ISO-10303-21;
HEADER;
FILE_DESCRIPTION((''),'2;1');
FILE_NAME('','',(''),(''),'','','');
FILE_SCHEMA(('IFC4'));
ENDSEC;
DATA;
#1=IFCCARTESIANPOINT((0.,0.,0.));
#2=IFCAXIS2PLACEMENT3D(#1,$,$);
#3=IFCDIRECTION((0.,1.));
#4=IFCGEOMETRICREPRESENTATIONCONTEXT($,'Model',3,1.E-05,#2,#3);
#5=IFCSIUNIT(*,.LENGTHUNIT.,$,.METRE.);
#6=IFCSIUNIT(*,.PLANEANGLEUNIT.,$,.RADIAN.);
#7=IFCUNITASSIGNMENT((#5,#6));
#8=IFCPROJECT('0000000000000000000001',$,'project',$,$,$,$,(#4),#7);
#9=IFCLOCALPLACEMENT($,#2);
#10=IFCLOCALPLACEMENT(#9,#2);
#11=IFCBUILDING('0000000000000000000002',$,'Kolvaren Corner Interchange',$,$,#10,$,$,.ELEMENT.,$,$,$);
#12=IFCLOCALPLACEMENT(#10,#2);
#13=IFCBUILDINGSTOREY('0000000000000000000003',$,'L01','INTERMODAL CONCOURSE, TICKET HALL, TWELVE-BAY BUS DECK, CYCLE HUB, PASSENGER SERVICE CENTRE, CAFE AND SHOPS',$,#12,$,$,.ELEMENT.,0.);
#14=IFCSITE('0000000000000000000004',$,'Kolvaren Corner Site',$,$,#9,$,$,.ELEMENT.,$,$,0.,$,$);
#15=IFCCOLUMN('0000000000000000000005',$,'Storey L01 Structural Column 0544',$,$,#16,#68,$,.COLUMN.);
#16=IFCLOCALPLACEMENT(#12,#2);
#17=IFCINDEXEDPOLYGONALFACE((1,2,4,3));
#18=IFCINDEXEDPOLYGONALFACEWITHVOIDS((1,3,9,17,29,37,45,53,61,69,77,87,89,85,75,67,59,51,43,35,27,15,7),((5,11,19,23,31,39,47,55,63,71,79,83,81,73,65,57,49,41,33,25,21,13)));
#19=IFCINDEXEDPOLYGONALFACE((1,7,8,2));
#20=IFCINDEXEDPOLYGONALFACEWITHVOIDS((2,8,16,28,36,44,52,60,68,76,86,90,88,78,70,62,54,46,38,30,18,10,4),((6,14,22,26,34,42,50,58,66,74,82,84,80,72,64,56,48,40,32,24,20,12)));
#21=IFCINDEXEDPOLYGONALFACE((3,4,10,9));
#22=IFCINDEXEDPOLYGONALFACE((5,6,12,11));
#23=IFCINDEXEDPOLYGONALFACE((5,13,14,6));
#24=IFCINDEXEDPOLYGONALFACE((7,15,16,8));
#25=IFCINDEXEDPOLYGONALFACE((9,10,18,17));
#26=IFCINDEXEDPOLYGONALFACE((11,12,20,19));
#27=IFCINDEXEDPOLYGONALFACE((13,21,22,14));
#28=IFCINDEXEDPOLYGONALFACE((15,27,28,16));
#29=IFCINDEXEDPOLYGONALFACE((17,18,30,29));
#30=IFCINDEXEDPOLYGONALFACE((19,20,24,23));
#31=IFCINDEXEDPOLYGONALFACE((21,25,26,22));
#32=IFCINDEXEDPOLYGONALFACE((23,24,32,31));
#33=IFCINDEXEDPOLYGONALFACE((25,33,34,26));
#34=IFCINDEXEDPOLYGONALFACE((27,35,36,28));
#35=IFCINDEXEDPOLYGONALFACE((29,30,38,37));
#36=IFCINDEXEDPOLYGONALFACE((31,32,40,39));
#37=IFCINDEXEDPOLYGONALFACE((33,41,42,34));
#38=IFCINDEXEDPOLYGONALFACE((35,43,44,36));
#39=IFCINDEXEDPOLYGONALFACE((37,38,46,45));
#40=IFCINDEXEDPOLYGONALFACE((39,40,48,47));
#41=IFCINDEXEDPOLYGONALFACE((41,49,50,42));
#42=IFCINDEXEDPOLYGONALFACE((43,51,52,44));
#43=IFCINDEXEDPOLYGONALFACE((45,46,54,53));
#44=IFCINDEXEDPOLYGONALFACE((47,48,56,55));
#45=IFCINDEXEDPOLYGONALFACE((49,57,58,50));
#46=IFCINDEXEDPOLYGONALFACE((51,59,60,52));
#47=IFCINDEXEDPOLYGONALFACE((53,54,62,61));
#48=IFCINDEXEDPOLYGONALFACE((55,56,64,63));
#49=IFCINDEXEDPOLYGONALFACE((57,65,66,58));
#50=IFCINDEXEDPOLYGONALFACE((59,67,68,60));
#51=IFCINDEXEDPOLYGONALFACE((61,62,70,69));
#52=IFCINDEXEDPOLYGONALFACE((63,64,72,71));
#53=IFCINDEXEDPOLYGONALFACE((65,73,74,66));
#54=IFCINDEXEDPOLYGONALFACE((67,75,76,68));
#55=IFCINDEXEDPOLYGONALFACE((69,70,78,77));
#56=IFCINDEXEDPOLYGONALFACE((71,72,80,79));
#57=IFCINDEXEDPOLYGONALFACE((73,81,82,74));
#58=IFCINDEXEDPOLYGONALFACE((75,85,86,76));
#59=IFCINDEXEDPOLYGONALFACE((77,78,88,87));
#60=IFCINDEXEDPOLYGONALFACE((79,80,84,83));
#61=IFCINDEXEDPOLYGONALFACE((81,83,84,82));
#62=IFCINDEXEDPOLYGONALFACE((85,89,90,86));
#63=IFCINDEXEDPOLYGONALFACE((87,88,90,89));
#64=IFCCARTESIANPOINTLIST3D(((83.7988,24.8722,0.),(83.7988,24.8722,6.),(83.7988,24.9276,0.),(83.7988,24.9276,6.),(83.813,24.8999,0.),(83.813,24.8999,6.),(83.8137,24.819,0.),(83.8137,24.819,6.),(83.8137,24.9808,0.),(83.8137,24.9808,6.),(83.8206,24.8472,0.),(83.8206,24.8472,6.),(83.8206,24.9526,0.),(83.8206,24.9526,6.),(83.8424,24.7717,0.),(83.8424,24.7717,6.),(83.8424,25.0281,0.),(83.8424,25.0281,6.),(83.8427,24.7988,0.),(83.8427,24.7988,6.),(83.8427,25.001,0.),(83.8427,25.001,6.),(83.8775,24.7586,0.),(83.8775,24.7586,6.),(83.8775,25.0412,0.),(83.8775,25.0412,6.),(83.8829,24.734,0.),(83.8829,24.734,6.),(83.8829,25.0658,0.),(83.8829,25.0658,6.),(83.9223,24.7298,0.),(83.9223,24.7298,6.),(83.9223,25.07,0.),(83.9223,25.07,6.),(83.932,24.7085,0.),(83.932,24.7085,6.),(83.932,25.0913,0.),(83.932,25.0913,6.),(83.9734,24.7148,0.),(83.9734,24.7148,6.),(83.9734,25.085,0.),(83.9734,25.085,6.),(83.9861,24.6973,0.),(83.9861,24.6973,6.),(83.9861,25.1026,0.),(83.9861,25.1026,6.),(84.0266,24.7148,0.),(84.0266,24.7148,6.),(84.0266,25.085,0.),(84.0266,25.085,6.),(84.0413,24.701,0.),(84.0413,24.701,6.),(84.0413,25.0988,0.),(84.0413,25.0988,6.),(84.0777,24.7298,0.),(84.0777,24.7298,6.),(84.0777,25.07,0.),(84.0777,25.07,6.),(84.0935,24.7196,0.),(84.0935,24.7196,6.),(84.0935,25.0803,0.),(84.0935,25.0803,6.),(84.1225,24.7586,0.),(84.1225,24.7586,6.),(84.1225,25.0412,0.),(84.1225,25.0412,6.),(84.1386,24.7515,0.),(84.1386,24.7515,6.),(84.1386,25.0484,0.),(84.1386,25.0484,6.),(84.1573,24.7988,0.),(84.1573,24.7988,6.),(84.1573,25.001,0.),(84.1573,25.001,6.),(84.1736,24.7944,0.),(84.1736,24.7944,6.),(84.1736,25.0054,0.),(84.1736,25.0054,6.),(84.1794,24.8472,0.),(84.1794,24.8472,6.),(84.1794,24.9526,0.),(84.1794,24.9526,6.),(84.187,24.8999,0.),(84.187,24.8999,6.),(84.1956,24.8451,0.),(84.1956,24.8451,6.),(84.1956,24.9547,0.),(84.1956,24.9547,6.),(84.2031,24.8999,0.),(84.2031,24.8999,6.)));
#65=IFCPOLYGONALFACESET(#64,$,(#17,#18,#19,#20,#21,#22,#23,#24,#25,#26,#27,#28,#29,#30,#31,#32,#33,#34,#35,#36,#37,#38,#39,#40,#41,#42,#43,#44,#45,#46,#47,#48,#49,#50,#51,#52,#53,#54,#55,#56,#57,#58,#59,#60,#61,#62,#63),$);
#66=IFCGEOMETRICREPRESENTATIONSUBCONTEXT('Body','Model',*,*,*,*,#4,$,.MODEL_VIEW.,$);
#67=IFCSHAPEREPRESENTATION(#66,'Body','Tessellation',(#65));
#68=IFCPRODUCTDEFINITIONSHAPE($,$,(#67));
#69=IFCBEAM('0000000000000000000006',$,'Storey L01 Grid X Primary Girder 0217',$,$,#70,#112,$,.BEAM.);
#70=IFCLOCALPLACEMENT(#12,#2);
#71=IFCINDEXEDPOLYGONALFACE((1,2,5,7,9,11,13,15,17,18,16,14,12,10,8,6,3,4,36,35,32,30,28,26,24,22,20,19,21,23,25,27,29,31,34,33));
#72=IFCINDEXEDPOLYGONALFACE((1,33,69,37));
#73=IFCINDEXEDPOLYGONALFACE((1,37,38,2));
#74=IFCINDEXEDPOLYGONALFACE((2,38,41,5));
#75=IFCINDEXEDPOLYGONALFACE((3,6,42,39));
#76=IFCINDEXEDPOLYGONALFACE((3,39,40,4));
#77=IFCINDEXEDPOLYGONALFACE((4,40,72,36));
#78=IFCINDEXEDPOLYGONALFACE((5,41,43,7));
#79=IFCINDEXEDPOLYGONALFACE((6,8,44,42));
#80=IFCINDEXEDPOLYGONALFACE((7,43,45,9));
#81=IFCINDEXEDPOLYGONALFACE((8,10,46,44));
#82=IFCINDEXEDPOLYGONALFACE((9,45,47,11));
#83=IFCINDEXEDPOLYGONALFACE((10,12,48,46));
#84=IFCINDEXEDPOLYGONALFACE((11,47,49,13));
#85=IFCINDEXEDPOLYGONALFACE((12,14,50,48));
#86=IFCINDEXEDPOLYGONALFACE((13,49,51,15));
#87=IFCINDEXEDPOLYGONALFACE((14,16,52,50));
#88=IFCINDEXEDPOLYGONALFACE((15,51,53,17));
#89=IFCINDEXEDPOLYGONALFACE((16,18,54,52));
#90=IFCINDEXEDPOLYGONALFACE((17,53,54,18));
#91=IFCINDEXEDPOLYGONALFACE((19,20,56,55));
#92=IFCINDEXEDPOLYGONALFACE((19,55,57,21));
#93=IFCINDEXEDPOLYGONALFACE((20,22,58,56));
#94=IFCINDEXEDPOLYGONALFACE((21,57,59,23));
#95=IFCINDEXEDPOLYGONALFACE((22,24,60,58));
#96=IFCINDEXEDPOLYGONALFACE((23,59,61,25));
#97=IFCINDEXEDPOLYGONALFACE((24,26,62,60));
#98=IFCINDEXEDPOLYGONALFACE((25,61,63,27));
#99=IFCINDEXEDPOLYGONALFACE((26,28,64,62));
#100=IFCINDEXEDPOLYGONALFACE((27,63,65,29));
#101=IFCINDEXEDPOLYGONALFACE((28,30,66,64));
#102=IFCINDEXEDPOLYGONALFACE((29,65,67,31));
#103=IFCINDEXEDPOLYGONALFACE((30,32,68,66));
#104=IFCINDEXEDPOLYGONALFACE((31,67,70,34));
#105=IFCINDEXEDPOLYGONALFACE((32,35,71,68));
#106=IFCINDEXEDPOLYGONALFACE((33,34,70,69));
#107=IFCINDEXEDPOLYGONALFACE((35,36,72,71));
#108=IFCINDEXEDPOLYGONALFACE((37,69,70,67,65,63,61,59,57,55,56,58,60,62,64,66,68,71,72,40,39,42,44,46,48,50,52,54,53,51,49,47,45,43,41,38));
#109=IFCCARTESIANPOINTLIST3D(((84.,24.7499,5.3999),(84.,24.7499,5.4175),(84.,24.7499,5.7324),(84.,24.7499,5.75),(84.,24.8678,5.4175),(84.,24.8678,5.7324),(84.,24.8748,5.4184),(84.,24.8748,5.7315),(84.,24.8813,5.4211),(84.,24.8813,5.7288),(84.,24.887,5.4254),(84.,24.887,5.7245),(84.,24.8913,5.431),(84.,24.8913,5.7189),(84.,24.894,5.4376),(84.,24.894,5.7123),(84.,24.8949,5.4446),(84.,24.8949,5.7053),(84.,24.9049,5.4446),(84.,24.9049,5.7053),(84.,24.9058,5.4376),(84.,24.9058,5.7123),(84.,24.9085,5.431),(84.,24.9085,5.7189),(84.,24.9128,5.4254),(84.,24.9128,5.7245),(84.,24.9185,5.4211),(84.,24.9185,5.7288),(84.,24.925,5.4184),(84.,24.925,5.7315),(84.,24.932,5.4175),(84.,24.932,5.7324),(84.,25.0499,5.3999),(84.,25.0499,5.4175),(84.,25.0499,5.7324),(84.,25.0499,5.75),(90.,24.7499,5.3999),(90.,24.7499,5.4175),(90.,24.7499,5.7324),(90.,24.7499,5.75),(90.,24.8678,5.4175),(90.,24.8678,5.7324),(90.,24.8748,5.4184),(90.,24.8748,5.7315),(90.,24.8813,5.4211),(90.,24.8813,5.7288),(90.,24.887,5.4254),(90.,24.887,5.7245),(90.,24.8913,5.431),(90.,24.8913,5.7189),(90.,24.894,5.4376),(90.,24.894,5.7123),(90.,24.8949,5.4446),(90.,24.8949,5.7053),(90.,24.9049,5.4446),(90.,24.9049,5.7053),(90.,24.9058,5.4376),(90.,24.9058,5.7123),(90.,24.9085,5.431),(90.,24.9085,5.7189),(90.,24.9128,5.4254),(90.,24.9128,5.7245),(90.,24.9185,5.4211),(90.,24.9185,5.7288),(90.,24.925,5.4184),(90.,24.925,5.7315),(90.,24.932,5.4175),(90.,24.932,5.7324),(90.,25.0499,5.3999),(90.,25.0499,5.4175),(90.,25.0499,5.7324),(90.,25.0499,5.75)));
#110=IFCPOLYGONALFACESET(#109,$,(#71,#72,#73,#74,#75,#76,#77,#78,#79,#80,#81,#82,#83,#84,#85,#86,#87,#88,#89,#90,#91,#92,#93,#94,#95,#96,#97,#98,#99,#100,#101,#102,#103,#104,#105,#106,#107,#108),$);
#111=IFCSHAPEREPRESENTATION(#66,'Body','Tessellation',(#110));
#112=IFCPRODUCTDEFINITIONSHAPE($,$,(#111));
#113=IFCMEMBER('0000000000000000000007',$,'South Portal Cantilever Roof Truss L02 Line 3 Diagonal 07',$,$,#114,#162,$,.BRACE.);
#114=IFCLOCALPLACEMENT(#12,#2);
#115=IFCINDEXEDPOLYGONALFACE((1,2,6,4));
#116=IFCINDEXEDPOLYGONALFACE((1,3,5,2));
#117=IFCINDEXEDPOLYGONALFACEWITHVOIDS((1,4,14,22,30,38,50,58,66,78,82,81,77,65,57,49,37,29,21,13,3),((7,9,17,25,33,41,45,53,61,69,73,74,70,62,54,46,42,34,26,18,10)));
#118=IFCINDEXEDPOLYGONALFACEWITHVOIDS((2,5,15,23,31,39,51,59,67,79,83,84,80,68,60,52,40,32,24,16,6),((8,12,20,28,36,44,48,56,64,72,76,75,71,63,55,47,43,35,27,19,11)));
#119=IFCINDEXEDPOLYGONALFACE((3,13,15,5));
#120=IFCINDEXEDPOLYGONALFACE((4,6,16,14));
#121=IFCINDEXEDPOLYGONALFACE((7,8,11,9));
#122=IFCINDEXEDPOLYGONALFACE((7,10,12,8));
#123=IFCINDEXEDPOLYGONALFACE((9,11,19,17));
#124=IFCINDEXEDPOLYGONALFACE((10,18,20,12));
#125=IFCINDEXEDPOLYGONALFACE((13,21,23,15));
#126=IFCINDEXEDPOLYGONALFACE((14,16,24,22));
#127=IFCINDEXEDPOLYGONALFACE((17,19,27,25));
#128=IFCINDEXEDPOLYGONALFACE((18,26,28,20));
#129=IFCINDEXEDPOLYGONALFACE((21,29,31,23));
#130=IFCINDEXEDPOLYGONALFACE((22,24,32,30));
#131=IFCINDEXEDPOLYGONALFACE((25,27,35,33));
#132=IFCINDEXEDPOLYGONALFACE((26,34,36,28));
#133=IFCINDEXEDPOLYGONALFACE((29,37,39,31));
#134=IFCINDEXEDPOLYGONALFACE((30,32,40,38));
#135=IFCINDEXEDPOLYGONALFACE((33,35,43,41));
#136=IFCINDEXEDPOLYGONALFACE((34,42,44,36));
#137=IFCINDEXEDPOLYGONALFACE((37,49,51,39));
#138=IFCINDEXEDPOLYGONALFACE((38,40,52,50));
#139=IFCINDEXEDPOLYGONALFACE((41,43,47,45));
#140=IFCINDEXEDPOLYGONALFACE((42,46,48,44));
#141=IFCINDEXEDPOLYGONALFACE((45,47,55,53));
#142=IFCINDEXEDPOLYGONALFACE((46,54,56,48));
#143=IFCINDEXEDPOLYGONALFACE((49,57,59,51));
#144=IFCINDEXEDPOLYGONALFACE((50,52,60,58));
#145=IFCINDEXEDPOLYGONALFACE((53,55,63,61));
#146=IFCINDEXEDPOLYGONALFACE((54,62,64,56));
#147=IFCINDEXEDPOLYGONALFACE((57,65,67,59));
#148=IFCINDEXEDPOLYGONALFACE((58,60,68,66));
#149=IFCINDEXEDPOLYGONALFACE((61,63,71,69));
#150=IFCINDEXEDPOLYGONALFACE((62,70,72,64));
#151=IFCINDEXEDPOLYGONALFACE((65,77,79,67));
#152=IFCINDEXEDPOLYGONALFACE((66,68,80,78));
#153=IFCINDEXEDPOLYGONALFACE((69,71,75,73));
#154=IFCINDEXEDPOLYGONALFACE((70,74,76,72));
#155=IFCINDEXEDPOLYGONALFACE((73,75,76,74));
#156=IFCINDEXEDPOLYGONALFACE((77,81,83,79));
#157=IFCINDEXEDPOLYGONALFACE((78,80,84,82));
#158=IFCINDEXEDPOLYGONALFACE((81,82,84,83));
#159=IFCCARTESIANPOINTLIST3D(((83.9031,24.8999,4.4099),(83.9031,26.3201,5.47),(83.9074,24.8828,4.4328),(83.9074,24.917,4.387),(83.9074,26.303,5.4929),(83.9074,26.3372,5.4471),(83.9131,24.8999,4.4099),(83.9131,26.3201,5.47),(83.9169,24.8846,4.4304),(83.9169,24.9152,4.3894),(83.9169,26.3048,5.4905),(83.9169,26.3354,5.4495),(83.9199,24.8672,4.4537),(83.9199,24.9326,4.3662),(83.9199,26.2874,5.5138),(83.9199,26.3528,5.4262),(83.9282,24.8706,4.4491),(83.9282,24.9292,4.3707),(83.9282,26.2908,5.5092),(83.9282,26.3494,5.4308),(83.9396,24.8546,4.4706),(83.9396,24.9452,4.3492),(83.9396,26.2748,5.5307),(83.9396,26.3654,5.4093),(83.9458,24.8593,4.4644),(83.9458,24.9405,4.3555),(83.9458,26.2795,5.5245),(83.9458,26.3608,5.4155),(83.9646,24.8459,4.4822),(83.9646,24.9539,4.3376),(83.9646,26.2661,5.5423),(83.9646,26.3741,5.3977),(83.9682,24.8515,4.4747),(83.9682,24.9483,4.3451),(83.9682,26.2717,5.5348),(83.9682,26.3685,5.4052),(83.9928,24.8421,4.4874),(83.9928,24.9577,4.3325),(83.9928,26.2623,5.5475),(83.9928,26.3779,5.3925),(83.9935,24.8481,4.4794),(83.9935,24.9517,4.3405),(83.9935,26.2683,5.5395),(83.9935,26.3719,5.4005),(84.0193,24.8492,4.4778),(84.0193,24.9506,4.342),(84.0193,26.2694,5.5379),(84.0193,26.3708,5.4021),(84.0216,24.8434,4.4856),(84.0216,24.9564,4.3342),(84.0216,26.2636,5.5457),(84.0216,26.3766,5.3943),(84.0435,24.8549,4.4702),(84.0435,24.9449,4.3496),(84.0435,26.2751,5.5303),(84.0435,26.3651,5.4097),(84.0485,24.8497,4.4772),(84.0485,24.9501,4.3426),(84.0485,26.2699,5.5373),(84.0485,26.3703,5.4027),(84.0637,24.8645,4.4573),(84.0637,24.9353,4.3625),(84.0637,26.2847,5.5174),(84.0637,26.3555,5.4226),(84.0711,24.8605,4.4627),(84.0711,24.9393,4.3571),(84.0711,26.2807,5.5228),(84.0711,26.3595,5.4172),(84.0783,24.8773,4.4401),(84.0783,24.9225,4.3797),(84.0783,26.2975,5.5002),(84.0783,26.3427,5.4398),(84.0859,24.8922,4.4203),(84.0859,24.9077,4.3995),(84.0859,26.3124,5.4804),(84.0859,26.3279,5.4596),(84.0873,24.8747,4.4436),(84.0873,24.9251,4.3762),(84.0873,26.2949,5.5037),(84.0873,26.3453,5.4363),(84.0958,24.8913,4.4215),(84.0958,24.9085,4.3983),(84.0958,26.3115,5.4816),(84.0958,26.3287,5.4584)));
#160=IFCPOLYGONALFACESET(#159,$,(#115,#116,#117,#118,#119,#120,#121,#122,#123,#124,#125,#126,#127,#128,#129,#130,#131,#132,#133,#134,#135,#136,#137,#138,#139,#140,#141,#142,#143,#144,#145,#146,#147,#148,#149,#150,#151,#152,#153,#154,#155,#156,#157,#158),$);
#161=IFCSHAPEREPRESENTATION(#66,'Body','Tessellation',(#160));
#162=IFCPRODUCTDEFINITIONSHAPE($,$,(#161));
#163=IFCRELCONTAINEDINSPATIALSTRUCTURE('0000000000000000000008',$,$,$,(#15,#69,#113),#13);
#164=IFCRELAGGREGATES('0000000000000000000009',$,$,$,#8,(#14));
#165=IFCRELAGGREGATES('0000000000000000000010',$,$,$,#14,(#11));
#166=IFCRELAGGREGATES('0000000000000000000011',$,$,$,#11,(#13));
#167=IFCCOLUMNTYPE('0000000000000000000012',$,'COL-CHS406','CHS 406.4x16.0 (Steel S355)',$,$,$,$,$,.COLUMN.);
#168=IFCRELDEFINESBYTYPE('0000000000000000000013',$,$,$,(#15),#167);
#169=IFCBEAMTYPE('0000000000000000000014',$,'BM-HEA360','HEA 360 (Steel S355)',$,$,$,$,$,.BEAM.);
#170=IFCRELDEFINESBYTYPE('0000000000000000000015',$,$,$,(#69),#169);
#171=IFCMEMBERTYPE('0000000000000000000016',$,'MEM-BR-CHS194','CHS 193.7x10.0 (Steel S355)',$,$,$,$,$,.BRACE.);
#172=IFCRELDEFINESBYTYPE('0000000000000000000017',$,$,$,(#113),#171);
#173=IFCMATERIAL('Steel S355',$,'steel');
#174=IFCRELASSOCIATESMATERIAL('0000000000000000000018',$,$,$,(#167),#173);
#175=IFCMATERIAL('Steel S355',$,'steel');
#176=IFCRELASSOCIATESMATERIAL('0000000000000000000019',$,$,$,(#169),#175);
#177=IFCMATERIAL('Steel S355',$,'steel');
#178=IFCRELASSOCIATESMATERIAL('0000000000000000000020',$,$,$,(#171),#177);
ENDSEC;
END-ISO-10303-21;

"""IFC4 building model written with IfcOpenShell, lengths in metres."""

from ifc_helpers import new_model, si_unit, direction, frame, origin, origin_2d, place, context, subcontext, project, spatial, hollow_circle, i_section, extrude, material, material_profile, profile_set, type_object, element, save


model = new_model("IFC4")

# Units and contexts
model_context = context("Model", 3, precision=1e-05, world=origin(), true_north=direction((0.0, 1.0)))
body_context = subcontext(model_context, "Body", "Model", "MODEL_VIEW")
ifc_project = project(units=[si_unit("LENGTHUNIT", "METRE"), si_unit("PLANEANGLEUNIT", "RADIAN")], contexts=[model_context])

# Site, building, storey
site_placement = place(None, origin())
site = spatial("IfcSite", under=ifc_project, at=site_placement, Name="Kolvaren Corner Site", CompositionType="ELEMENT", RefElevation=0.0)
building_placement = place(site_placement, origin())
building = spatial("IfcBuilding", under=site, at=building_placement, Name="Kolvaren Corner Interchange", CompositionType="ELEMENT")
storey_placement = place(building_placement, origin())
storey = spatial("IfcBuildingStorey", under=building, at=storey_placement, Name="L01", Description="INTERMODAL CONCOURSE, TICKET HALL, TWELVE-BAY BUS DECK, CYCLE HUB, PASSENGER SERVICE CENTRE, CAFE AND SHOPS", CompositionType="ELEMENT", Elevation=0.0)

# Column
ifc_material_1 = material(Name="Steel S355", Category="steel")
ifc_material_profile_1 = material_profile(ifc_material_1, hollow_circle(Radius=0.2031, WallThickness=0.0161, at=origin_2d()), Name="CHS 406.4x16.0")
ifc_profile_set_1 = profile_set([ifc_material_profile_1], Name="Steel S355")
column_type = type_object("IfcColumnType", Name="COL-CHS406", Description="CHS 406.4x16.0 (Steel S355)", PredefinedType="COLUMN", material=ifc_profile_set_1)
column_placement = place(storey_placement, frame((84.0, 24.8999, 0.0), z_axis=(0.0, 0.0, 1.0), x_axis=(1.0, 0.0, 0.0)))
element("IfcColumn", 1, at=column_placement, inside=storey, type_object=column_type, Name="Storey L01 Structural Column 0544", PredefinedType="COLUMN", context=body_context, shape_type="SweptSolid", body=[
    extrude(hollow_circle(Radius=0.2031, WallThickness=0.0161, at=origin_2d()), origin(), (0.0, 0.0, 1.0), 6.0),
])

# Beam
ifc_material_2 = material(Name="Steel S355", Category="steel")
ifc_material_profile_2 = material_profile(ifc_material_2, i_section(OverallWidth=0.3, OverallDepth=0.3501, WebThickness=0.01, FlangeThickness=0.0176, FilletRadius=0.0271, at=origin_2d()), Name="HEA 360")
ifc_profile_set_2 = profile_set([ifc_material_profile_2], Name="Steel S355")
beam_type = type_object("IfcBeamType", Name="BM-HEA360", Description="HEA 360 (Steel S355)", PredefinedType="BEAM", material=ifc_profile_set_2)
beam_placement = place(storey_placement, frame((84.0, 24.8999, 5.575), z_axis=(1.0, 0.0, 0.0), x_axis=(0.0, 1.0, 0.0)))
element("IfcBeam", 2, at=beam_placement, inside=storey, type_object=beam_type, Name="Storey L01 Grid X Primary Girder 0217", PredefinedType="BEAM", context=body_context, shape_type="SweptSolid", body=[
    extrude(i_section(OverallWidth=0.3, OverallDepth=0.3501, WebThickness=0.01, FlangeThickness=0.0176, FilletRadius=0.0271, at=origin_2d()), origin(), (0.0, 0.0, 1.0), 6.0),
])

# Member
ifc_material_3 = material(Name="Steel S355", Category="steel")
ifc_material_profile_3 = material_profile(ifc_material_3, hollow_circle(Radius=0.0969, WallThickness=0.01, at=origin_2d()), Name="CHS 193.7x10.0")
ifc_profile_set_3 = profile_set([ifc_material_profile_3], Name="Steel S355")
member_type_1 = type_object("IfcMemberType", Name="MEM-BR-CHS194", Description="CHS 193.7x10.0 (Steel S355)", PredefinedType="BRACE", material=ifc_profile_set_3)
member_1_placement = place(storey_placement, frame((84.0, 24.8999, 4.4099), z_axis=(0.0, 0.80137, 0.598169), x_axis=(-1.0, 0.0, 0.0)))
element("IfcMember", 3, at=member_1_placement, inside=storey, type_object=member_type_1, Name="South Portal Cantilever Roof Truss L02 Line 3 Diagonal 07", PredefinedType="BRACE", context=body_context, shape_type="SweptSolid", body=[
    extrude(hollow_circle(Radius=0.0969, WallThickness=0.01, at=origin_2d()), origin(), (0.0, 0.0, 1.0), 1.7722),
])

save(model, "model.ifc")
